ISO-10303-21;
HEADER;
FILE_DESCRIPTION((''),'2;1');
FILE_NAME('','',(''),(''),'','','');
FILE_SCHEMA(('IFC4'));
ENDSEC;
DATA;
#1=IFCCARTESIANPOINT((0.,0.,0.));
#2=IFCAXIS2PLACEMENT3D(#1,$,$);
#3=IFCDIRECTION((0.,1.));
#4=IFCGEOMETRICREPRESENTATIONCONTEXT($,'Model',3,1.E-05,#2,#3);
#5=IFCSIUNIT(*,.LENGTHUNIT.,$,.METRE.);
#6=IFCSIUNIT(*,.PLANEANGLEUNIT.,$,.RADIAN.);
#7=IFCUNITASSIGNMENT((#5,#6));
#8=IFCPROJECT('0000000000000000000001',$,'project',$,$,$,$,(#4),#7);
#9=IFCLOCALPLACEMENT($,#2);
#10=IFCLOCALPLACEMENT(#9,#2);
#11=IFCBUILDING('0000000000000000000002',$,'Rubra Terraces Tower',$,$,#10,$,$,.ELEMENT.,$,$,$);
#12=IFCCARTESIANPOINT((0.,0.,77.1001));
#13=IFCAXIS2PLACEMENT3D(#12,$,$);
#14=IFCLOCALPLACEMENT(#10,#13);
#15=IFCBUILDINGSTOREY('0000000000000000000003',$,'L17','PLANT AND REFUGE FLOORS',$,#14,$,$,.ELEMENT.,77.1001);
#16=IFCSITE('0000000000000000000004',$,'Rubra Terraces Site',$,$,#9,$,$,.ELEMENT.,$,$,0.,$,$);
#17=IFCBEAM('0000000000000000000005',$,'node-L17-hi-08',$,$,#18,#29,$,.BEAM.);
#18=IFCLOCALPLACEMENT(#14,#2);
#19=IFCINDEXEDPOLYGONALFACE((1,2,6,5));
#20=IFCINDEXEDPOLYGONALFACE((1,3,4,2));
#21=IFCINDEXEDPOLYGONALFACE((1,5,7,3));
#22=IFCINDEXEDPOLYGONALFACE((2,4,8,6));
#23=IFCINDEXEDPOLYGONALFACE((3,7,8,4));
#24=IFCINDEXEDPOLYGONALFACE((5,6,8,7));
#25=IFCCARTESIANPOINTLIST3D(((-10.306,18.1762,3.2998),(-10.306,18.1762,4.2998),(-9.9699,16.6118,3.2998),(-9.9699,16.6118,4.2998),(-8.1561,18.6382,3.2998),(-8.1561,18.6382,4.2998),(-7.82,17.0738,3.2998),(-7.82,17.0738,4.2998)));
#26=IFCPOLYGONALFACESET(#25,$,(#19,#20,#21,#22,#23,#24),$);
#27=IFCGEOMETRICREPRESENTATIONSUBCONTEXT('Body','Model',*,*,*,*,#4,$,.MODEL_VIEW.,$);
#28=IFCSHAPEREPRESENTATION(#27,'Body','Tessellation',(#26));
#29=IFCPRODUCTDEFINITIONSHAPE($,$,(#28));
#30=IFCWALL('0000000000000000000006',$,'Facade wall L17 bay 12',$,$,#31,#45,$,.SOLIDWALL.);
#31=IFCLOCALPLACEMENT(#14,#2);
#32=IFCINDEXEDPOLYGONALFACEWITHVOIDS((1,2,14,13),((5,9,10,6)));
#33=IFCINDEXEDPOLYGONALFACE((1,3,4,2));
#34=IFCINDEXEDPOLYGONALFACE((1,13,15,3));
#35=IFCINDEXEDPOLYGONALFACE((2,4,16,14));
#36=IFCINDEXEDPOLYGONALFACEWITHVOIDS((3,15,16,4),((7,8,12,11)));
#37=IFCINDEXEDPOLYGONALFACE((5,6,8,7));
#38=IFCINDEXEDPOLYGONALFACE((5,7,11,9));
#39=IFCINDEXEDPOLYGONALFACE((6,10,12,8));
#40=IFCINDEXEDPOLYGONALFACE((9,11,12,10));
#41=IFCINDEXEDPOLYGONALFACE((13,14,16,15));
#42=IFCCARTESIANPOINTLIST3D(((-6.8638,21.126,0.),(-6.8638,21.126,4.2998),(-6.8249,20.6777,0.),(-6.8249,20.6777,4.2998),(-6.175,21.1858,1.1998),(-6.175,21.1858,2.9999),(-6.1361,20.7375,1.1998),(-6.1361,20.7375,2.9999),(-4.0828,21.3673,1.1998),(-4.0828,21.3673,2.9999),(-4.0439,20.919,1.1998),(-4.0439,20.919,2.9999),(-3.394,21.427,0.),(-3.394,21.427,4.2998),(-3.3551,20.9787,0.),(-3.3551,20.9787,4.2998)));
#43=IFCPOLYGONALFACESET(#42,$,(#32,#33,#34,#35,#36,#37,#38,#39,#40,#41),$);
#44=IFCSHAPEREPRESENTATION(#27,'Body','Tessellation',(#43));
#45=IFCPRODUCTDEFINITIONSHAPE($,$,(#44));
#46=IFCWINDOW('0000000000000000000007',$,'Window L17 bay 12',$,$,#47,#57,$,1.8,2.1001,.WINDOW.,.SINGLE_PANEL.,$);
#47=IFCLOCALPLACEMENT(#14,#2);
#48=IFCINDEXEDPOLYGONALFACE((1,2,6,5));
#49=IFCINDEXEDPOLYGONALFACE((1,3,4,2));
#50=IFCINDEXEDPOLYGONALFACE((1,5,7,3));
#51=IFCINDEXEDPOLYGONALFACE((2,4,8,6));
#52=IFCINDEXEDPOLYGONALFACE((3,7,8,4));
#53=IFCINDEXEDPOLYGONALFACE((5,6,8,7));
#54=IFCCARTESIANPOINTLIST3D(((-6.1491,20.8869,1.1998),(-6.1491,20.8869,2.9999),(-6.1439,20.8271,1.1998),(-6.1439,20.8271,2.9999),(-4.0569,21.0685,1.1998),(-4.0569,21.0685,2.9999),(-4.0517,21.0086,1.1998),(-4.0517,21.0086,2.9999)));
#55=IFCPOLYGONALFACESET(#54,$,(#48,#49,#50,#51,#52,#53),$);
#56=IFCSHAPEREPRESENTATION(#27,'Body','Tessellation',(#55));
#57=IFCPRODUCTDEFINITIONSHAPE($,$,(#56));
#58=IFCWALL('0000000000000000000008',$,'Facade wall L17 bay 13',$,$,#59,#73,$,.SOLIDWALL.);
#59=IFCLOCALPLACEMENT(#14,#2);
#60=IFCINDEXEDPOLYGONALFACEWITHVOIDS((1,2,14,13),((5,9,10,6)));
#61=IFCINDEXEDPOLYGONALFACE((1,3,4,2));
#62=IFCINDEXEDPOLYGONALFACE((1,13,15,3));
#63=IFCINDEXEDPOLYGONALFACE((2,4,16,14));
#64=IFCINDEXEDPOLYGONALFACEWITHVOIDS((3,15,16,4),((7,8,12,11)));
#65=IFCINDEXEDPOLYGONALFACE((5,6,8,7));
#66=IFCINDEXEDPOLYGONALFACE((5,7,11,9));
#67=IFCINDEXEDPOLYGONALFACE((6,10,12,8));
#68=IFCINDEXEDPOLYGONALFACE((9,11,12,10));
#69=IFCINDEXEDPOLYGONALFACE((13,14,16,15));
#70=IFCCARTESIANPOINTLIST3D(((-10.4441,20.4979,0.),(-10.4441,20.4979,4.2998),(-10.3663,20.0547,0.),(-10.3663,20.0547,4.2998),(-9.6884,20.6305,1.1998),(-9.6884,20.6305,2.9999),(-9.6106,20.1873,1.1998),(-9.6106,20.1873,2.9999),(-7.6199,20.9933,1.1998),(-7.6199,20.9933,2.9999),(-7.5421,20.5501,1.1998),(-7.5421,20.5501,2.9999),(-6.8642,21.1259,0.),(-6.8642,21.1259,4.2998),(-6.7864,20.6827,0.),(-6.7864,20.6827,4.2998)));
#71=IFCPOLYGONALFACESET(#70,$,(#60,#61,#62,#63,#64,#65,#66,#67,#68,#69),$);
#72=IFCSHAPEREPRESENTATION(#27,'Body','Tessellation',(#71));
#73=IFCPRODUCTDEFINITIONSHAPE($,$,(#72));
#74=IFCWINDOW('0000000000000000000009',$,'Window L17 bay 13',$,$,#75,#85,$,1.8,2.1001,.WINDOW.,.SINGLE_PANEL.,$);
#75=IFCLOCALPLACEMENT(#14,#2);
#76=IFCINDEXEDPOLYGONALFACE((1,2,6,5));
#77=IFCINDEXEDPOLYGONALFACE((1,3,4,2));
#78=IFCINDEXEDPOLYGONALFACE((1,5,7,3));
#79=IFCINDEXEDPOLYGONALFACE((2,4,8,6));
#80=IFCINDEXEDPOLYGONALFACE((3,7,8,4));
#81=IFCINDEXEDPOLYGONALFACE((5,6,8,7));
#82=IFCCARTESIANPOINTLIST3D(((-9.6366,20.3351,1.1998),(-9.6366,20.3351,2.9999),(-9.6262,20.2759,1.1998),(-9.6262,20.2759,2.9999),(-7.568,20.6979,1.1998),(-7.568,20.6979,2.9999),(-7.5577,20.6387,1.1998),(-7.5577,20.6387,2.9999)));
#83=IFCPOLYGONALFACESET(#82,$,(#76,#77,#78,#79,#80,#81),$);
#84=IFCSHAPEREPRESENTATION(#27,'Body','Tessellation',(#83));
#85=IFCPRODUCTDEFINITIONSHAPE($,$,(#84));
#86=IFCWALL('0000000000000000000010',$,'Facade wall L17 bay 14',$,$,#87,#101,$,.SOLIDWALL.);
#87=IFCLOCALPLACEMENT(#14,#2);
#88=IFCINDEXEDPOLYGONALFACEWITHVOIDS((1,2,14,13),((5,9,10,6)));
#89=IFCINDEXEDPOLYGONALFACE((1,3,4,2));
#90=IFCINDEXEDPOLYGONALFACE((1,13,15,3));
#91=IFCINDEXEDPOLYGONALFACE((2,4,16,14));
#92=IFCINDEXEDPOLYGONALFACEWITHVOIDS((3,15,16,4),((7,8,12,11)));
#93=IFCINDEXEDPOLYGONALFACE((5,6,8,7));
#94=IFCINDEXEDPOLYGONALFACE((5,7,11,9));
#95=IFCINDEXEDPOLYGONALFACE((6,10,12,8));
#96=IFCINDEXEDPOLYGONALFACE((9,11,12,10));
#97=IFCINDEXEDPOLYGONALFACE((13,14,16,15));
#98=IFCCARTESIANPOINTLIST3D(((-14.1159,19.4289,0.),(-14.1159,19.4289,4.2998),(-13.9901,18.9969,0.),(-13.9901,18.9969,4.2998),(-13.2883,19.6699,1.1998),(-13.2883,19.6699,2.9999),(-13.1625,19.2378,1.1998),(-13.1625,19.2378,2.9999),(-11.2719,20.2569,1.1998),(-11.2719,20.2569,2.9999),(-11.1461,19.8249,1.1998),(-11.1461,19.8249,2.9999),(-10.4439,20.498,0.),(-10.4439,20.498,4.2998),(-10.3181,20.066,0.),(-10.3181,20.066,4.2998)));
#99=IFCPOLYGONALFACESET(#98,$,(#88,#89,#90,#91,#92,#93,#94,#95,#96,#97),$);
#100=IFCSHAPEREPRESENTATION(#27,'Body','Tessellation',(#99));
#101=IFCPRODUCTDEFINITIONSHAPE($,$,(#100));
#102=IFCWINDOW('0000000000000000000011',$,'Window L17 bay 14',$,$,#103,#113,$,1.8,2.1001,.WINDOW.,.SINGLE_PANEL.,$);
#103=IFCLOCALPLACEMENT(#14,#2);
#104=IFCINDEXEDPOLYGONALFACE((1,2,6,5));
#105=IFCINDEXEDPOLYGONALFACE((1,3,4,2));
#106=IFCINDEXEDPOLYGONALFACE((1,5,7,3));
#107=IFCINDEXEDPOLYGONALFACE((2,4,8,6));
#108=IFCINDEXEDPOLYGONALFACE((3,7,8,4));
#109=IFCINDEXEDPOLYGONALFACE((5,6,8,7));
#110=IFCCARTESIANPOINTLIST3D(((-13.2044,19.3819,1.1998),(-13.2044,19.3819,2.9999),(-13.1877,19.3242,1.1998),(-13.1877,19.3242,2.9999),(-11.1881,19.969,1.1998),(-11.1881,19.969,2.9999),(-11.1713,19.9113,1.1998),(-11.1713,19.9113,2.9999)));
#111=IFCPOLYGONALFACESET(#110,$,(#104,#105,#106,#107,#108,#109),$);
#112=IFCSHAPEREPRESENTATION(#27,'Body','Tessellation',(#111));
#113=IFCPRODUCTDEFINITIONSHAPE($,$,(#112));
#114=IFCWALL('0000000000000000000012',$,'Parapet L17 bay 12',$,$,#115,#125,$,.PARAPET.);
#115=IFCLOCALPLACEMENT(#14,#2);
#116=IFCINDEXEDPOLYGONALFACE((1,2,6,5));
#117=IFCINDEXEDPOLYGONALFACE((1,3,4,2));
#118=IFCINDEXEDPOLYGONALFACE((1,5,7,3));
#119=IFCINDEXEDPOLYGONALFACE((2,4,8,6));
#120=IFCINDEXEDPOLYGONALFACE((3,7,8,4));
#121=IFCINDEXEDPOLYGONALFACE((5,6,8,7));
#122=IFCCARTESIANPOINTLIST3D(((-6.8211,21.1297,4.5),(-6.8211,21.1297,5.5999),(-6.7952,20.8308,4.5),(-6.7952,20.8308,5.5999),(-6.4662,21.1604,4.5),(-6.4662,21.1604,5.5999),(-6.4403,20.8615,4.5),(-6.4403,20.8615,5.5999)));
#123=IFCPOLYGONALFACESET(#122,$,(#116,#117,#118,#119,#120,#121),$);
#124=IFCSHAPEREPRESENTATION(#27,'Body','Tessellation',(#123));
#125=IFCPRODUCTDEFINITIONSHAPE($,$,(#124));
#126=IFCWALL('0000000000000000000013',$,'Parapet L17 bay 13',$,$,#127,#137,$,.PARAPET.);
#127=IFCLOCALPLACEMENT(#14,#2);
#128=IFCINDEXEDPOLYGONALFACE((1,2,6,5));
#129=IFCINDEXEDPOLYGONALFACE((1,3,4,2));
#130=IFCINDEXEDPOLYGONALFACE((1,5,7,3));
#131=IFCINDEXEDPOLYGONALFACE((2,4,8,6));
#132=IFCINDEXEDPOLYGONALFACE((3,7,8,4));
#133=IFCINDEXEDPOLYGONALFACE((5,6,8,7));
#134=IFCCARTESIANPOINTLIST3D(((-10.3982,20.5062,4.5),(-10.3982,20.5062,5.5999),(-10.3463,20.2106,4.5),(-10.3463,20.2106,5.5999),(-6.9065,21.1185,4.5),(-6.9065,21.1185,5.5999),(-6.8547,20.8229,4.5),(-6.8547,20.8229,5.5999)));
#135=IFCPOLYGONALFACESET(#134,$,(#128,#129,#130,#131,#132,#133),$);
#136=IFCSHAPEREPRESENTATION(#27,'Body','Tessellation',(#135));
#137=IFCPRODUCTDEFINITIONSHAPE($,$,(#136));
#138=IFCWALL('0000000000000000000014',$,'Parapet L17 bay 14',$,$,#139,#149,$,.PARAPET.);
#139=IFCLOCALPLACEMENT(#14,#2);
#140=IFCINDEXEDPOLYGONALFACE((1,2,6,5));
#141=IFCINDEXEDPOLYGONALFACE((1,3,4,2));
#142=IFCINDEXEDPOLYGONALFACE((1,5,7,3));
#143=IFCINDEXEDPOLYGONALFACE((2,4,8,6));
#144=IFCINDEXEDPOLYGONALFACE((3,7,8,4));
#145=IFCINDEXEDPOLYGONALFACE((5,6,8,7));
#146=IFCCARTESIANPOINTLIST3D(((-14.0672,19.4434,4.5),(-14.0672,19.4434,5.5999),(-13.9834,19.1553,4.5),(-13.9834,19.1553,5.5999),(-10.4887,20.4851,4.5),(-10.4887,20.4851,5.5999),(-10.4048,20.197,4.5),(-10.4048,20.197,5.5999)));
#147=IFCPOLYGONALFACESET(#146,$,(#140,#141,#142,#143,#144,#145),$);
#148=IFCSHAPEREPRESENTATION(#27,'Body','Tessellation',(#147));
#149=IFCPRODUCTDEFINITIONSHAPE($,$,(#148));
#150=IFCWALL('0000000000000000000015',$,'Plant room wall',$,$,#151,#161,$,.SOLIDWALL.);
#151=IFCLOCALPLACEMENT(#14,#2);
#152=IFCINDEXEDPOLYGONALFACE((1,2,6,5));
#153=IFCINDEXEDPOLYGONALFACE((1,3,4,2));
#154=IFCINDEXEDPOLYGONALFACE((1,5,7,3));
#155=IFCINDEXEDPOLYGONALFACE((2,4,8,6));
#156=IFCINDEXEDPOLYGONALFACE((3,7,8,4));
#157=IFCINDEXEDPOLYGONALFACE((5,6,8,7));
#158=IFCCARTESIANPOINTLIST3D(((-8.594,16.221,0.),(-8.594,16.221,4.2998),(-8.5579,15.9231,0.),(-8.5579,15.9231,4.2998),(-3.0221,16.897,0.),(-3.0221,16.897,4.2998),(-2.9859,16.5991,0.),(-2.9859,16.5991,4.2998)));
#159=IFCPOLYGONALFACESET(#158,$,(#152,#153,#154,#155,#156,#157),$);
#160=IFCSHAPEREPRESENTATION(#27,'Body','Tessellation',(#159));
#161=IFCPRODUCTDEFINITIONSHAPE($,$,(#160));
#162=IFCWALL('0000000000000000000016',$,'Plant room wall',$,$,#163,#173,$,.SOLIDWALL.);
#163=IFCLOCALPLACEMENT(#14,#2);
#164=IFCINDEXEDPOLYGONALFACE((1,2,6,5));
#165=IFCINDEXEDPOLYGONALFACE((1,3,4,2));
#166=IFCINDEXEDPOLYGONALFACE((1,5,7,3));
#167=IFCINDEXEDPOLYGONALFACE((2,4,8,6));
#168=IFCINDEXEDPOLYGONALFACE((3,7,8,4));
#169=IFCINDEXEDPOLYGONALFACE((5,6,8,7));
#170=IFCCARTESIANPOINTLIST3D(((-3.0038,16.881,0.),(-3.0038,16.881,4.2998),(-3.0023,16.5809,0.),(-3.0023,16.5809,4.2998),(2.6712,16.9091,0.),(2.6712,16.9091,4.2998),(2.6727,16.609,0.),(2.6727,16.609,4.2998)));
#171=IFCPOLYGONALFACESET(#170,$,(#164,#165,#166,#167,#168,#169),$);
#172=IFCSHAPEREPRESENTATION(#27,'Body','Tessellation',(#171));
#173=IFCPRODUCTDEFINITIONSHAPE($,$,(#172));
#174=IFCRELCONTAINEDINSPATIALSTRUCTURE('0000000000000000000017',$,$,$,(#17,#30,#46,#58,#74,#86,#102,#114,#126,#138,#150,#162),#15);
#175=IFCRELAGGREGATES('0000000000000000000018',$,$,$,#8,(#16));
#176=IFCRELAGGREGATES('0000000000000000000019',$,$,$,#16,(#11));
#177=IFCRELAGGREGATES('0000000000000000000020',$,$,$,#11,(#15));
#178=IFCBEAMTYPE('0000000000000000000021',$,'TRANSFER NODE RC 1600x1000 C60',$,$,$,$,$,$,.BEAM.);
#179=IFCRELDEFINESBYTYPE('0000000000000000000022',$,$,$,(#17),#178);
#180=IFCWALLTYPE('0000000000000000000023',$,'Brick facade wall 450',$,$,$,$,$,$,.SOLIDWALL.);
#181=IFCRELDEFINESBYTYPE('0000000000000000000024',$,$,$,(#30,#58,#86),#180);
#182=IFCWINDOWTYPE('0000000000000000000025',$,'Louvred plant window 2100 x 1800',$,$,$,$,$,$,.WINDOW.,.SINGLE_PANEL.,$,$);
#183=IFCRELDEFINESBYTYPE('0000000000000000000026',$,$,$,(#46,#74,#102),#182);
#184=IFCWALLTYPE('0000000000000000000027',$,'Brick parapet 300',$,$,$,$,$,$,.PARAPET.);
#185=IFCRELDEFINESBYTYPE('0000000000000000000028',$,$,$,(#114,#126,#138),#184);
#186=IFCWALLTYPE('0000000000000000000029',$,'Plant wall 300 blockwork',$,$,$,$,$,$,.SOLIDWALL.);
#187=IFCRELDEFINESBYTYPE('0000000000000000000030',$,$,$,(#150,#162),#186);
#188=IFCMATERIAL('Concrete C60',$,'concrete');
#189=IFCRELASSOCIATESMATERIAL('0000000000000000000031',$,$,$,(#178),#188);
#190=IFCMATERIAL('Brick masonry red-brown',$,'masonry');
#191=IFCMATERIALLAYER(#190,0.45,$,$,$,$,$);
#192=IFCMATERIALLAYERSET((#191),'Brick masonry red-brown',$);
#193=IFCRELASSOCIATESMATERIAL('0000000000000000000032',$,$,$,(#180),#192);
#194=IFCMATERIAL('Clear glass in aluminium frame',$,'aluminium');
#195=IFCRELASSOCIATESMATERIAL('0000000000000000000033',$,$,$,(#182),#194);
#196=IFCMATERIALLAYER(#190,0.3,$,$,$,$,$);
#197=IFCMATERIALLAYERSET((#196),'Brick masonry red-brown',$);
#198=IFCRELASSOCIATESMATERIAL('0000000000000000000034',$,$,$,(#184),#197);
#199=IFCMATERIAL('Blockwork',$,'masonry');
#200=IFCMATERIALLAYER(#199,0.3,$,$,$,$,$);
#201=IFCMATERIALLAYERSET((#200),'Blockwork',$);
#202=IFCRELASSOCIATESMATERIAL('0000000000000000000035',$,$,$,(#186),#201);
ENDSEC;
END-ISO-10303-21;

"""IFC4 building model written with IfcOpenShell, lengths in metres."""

from ifc_helpers import new_model, si_unit, direction, frame, frame_2d, origin, origin_2d, place, context, subcontext, project, spatial, rectangle, extrude, material, layer, layer_set, material_profile, profile_set, type_object, element, fill, save


model = new_model("IFC4")

# Units and contexts
model_context = context("Model", 3, precision=1e-05, world=origin(), true_north=direction((0.0, 1.0)))
body_context = subcontext(model_context, "Body", "Model", "MODEL_VIEW")
ifc_project = project(units=[si_unit("LENGTHUNIT", "METRE"), si_unit("PLANEANGLEUNIT", "RADIAN")], contexts=[model_context])

# Site, building, storey
site_placement = place(None, origin())
site = spatial("IfcSite", under=ifc_project, at=site_placement, Name="Rubra Terraces Site", CompositionType="ELEMENT", RefElevation=0.0)
building_placement = place(site_placement, origin())
building = spatial("IfcBuilding", under=site, at=building_placement, Name="Rubra Terraces Tower", CompositionType="ELEMENT")
storey_placement = place(building_placement, frame((0.0, 0.0, 77.1001)))
storey = spatial("IfcBuildingStorey", under=building, at=storey_placement, Name="L17", Description="PLANT AND REFUGE FLOORS", CompositionType="ELEMENT", Elevation=77.1001)

# Shared definitions
ifc_material_1 = material(Name="Concrete C60", Category="concrete")

# Beam
ifc_material_profile_1 = material_profile(ifc_material_1, rectangle(XDim=1.6001, YDim=1.0, at=origin_2d()), Name="RC 1600x1000")
ifc_profile_set_1 = profile_set([ifc_material_profile_1], Name="Concrete C60")
beam_type_1 = type_object("IfcBeamType", Name="TRANSFER NODE RC 1600x1000 C60", PredefinedType="BEAM", material=ifc_profile_set_1)
beam_1_placement = place(storey_placement, frame((-7.988, 17.856, 3.7998), z_axis=(-0.977689, -0.21006, 0.0), x_axis=(0.21006, -0.977689, 0.0)))
element("IfcBeam", 1, at=beam_1_placement, inside=storey, type_object=beam_type_1, Name="node-L17-hi-08", PredefinedType="BEAM", context=body_context, shape_type="SweptSolid", body=[
    extrude(rectangle(XDim=1.6001, YDim=1.0, at=origin_2d()), origin(), (0.0, 0.0, 1.0), 2.199),
])

# Walls, openings, windows
ifc_material_2 = material(Name="Brick masonry red-brown", Category="masonry")
ifc_layer_1 = layer(ifc_material_2, 0.45)
ifc_layer_set_1 = layer_set([ifc_layer_1], Name="Brick masonry red-brown")
wall_type_1 = type_object("IfcWallType", Name="Brick facade wall 450", PredefinedType="SOLIDWALL", material=ifc_layer_set_1)
wall_1_placement = place(storey_placement, frame((-3.3745, 21.2029, 0.0), z_axis=(0.0, 0.0, 1.0), x_axis=(-0.996258, -0.086427, 0.0)))
wall_1 = element("IfcWall", 2, at=wall_1_placement, inside=storey, type_object=wall_type_1, Name="Facade wall L17 bay 12", PredefinedType="SOLIDWALL", context=body_context, shape_type="SweptSolid", body=[
    extrude(rectangle(XDim=3.4829, YDim=0.45, at=frame_2d((1.7415, 0.0))), origin(), (0.0, 0.0, 1.0), 4.2998),
])
opening_1_placement = place(wall_1_placement, frame((0.6914, 0.0, 1.2)))
opening_1 = element("IfcOpeningElement", 3, at=opening_1_placement, cuts=wall_1, PredefinedType="OPENING", context=body_context, shape_type="SweptSolid", body=[
    extrude(rectangle(XDim=2.1001, YDim=1.8, at=frame_2d((1.05, 0.8999))), frame((0.0, 0.2349, 0.0), z_axis=(0.0, -1.0, 0.0), x_axis=(1.0, 0.0, 0.0)), (0.0, 0.0, 1.0), 0.47),
])
ifc_material_3 = material(Name="Clear glass in aluminium frame", Category="aluminium")
window_type = type_object("IfcWindowType", Name="Louvred plant window 2100 x 1800", PartitioningType="SINGLE_PANEL", PredefinedType="WINDOW", material=ifc_material_3)
window_1_placement = place(opening_1_placement, origin())
window_1 = element("IfcWindow", 4, at=window_1_placement, inside=storey, type_object=window_type, Name="Window L17 bay 12", OverallHeight=1.8, OverallWidth=2.1001, PartitioningType="SINGLE_PANEL", PredefinedType="WINDOW", context=body_context, shape_type="SweptSolid", body=[
    extrude(rectangle(XDim=2.1001, YDim=1.8, at=frame_2d((1.05, 0.8999))), frame((0.0, 0.135, 0.0), z_axis=(0.0, -1.0, 0.0), x_axis=(1.0, 0.0, 0.0)), (0.0, 0.0, 1.0), 0.0601),
])
fill(opening_1, window_1)
wall_2_placement = place(storey_placement, frame((-6.8252, 20.9043, 0.0), z_axis=(0.0, 0.0, 1.0), x_axis=(-0.984962, -0.17277, 0.0)))
wall_2 = element("IfcWall", 5, at=wall_2_placement, inside=storey, type_object=wall_type_1, Name="Facade wall L17 bay 13", PredefinedType="SOLIDWALL", context=body_context, shape_type="SweptSolid", body=[
    extrude(rectangle(XDim=3.6345, YDim=0.45, at=frame_2d((1.8174, 0.0))), origin(), (0.0, 0.0, 1.0), 4.2998),
])
opening_2_placement = place(wall_2_placement, frame((0.7673, 0.0, 1.2)))
opening_2 = element("IfcOpeningElement", 6, at=opening_2_placement, cuts=wall_2, PredefinedType="OPENING", context=body_context, shape_type="SweptSolid", body=[
    extrude(rectangle(XDim=2.1001, YDim=1.8, at=frame_2d((1.05, 0.8999))), frame((0.0, 0.2349, 0.0), z_axis=(0.0, -1.0, 0.0), x_axis=(1.0, 0.0, 0.0)), (0.0, 0.0, 1.0), 0.47),
])
window_2_placement = place(opening_2_placement, origin())
window_2 = element("IfcWindow", 7, at=window_2_placement, inside=storey, type_object=window_type, Name="Window L17 bay 13", OverallHeight=1.8, OverallWidth=2.1001, PartitioningType="SINGLE_PANEL", PredefinedType="WINDOW", context=body_context, shape_type="SweptSolid", body=[
    extrude(rectangle(XDim=2.1001, YDim=1.8, at=frame_2d((1.05, 0.8999))), frame((0.0, 0.135, 0.0), z_axis=(0.0, -1.0, 0.0), x_axis=(1.0, 0.0, 0.0)), (0.0, 0.0, 1.0), 0.0601),
])
fill(opening_2, window_2)
wall_3_placement = place(storey_placement, frame((-10.3811, 20.282, 0.0), z_axis=(0.0, 0.0, 1.0), x_axis=(-0.960131, -0.279549, 0.0)))
wall_3 = element("IfcWall", 8, at=wall_3_placement, inside=storey, type_object=wall_type_1, Name="Facade wall L17 bay 14", PredefinedType="SOLIDWALL", context=body_context, shape_type="SweptSolid", body=[
    extrude(rectangle(XDim=3.8245, YDim=0.45, at=frame_2d((1.9121, 0.0))), origin(), (0.0, 0.0, 1.0), 4.2998),
])
opening_3_placement = place(wall_3_placement, frame((0.8623, 0.0, 1.2)))
opening_3 = element("IfcOpeningElement", 9, at=opening_3_placement, cuts=wall_3, PredefinedType="OPENING", context=body_context, shape_type="SweptSolid", body=[
    extrude(rectangle(XDim=2.1001, YDim=1.8, at=frame_2d((1.05, 0.8999))), frame((0.0, 0.2349, 0.0), z_axis=(0.0, -1.0, 0.0), x_axis=(1.0, 0.0, 0.0)), (0.0, 0.0, 1.0), 0.47),
])
window_3_placement = place(opening_3_placement, origin())
window_3 = element("IfcWindow", 10, at=window_3_placement, inside=storey, type_object=window_type, Name="Window L17 bay 14", OverallHeight=1.8, OverallWidth=2.1001, PartitioningType="SINGLE_PANEL", PredefinedType="WINDOW", context=body_context, shape_type="SweptSolid", body=[
    extrude(rectangle(XDim=2.1001, YDim=1.8, at=frame_2d((1.05, 0.8999))), frame((0.0, 0.135, 0.0), z_axis=(0.0, -1.0, 0.0), x_axis=(1.0, 0.0, 0.0)), (0.0, 0.0, 1.0), 0.0601),
])
fill(opening_3, window_3)

# Walls
ifc_layer_2 = layer(ifc_material_2, 0.3)
ifc_layer_set_2 = layer_set([ifc_layer_2], Name="Brick masonry red-brown")
wall_type_2 = type_object("IfcWallType", Name="Brick parapet 300", PredefinedType="PARAPET", material=ifc_layer_set_2)
wall_4_placement = place(storey_placement, frame((-6.4531, 21.011, 4.5), z_axis=(0.0, 0.0, 1.0), x_axis=(-0.996266, -0.086334, 0.0)))
element("IfcWall", 11, at=wall_4_placement, inside=storey, type_object=wall_type_2, Name="Parapet L17 bay 12", PredefinedType="PARAPET", context=body_context, shape_type="SweptSolid", body=[
    extrude(rectangle(XDim=0.3562, YDim=0.3, at=frame_2d((0.1782, 0.0))), origin(), (0.0, 0.0, 1.0), 1.0999),
])
wall_5_placement = place(storey_placement, frame((-6.8806, 20.9707, 4.5), z_axis=(0.0, 0.0, 1.0), x_axis=(-0.98497, -0.172724, 0.0)))
element("IfcWall", 12, at=wall_5_placement, inside=storey, type_object=wall_type_2, Name="Parapet L17 bay 13", PredefinedType="PARAPET", context=body_context, shape_type="SweptSolid", body=[
    extrude(rectangle(XDim=3.5449, YDim=0.3, at=frame_2d((1.7725, 0.0))), origin(), (0.0, 0.0, 1.0), 1.0999),
])
wall_6_placement = place(storey_placement, frame((-10.4468, 20.3411, 4.5), z_axis=(0.0, 0.0, 1.0), x_axis=(-0.960145, -0.279502, 0.0)))
element("IfcWall", 13, at=wall_6_placement, inside=storey, type_object=wall_type_2, Name="Parapet L17 bay 14", PredefinedType="PARAPET", context=body_context, shape_type="SweptSolid", body=[
    extrude(rectangle(XDim=3.7271, YDim=0.3, at=frame_2d((1.8635, 0.0))), origin(), (0.0, 0.0, 1.0), 1.0999),
])
ifc_material_4 = material(Name="Blockwork", Category="masonry")
ifc_layer_3 = layer(ifc_material_4, 0.3)
ifc_layer_set_3 = layer_set([ifc_layer_3], Name="Blockwork")
wall_type_3 = type_object("IfcWallType", Name="Plant wall 300 blockwork", PredefinedType="SOLIDWALL", material=ifc_layer_set_3)
wall_7_placement = place(storey_placement, frame((-8.5759, 16.072, 0.0), z_axis=(0.0, 0.0, 1.0), x_axis=(0.99272, 0.120442, 0.0)))
element("IfcWall", 14, at=wall_7_placement, inside=storey, type_object=wall_type_3, Name="Plant room wall", PredefinedType="SOLIDWALL", context=body_context, shape_type="SweptSolid", body=[
    extrude(rectangle(XDim=5.6128, YDim=0.3, at=frame_2d((2.8064, 0.0))), origin(), (0.0, 0.0, 1.0), 4.2998),
])
wall_8_placement = place(storey_placement, frame((-3.0029, 16.731, 0.0), z_axis=(0.0, 0.0, 1.0), x_axis=(0.999988, 0.004947, 0.0)))
element("IfcWall", 15, at=wall_8_placement, inside=storey, type_object=wall_type_3, Name="Plant room wall", PredefinedType="SOLIDWALL", context=body_context, shape_type="SweptSolid", body=[
    extrude(rectangle(XDim=5.675, YDim=0.3, at=frame_2d((2.8374, 0.0))), origin(), (0.0, 0.0, 1.0), 4.2998),
])

save(model, "model.ifc")
